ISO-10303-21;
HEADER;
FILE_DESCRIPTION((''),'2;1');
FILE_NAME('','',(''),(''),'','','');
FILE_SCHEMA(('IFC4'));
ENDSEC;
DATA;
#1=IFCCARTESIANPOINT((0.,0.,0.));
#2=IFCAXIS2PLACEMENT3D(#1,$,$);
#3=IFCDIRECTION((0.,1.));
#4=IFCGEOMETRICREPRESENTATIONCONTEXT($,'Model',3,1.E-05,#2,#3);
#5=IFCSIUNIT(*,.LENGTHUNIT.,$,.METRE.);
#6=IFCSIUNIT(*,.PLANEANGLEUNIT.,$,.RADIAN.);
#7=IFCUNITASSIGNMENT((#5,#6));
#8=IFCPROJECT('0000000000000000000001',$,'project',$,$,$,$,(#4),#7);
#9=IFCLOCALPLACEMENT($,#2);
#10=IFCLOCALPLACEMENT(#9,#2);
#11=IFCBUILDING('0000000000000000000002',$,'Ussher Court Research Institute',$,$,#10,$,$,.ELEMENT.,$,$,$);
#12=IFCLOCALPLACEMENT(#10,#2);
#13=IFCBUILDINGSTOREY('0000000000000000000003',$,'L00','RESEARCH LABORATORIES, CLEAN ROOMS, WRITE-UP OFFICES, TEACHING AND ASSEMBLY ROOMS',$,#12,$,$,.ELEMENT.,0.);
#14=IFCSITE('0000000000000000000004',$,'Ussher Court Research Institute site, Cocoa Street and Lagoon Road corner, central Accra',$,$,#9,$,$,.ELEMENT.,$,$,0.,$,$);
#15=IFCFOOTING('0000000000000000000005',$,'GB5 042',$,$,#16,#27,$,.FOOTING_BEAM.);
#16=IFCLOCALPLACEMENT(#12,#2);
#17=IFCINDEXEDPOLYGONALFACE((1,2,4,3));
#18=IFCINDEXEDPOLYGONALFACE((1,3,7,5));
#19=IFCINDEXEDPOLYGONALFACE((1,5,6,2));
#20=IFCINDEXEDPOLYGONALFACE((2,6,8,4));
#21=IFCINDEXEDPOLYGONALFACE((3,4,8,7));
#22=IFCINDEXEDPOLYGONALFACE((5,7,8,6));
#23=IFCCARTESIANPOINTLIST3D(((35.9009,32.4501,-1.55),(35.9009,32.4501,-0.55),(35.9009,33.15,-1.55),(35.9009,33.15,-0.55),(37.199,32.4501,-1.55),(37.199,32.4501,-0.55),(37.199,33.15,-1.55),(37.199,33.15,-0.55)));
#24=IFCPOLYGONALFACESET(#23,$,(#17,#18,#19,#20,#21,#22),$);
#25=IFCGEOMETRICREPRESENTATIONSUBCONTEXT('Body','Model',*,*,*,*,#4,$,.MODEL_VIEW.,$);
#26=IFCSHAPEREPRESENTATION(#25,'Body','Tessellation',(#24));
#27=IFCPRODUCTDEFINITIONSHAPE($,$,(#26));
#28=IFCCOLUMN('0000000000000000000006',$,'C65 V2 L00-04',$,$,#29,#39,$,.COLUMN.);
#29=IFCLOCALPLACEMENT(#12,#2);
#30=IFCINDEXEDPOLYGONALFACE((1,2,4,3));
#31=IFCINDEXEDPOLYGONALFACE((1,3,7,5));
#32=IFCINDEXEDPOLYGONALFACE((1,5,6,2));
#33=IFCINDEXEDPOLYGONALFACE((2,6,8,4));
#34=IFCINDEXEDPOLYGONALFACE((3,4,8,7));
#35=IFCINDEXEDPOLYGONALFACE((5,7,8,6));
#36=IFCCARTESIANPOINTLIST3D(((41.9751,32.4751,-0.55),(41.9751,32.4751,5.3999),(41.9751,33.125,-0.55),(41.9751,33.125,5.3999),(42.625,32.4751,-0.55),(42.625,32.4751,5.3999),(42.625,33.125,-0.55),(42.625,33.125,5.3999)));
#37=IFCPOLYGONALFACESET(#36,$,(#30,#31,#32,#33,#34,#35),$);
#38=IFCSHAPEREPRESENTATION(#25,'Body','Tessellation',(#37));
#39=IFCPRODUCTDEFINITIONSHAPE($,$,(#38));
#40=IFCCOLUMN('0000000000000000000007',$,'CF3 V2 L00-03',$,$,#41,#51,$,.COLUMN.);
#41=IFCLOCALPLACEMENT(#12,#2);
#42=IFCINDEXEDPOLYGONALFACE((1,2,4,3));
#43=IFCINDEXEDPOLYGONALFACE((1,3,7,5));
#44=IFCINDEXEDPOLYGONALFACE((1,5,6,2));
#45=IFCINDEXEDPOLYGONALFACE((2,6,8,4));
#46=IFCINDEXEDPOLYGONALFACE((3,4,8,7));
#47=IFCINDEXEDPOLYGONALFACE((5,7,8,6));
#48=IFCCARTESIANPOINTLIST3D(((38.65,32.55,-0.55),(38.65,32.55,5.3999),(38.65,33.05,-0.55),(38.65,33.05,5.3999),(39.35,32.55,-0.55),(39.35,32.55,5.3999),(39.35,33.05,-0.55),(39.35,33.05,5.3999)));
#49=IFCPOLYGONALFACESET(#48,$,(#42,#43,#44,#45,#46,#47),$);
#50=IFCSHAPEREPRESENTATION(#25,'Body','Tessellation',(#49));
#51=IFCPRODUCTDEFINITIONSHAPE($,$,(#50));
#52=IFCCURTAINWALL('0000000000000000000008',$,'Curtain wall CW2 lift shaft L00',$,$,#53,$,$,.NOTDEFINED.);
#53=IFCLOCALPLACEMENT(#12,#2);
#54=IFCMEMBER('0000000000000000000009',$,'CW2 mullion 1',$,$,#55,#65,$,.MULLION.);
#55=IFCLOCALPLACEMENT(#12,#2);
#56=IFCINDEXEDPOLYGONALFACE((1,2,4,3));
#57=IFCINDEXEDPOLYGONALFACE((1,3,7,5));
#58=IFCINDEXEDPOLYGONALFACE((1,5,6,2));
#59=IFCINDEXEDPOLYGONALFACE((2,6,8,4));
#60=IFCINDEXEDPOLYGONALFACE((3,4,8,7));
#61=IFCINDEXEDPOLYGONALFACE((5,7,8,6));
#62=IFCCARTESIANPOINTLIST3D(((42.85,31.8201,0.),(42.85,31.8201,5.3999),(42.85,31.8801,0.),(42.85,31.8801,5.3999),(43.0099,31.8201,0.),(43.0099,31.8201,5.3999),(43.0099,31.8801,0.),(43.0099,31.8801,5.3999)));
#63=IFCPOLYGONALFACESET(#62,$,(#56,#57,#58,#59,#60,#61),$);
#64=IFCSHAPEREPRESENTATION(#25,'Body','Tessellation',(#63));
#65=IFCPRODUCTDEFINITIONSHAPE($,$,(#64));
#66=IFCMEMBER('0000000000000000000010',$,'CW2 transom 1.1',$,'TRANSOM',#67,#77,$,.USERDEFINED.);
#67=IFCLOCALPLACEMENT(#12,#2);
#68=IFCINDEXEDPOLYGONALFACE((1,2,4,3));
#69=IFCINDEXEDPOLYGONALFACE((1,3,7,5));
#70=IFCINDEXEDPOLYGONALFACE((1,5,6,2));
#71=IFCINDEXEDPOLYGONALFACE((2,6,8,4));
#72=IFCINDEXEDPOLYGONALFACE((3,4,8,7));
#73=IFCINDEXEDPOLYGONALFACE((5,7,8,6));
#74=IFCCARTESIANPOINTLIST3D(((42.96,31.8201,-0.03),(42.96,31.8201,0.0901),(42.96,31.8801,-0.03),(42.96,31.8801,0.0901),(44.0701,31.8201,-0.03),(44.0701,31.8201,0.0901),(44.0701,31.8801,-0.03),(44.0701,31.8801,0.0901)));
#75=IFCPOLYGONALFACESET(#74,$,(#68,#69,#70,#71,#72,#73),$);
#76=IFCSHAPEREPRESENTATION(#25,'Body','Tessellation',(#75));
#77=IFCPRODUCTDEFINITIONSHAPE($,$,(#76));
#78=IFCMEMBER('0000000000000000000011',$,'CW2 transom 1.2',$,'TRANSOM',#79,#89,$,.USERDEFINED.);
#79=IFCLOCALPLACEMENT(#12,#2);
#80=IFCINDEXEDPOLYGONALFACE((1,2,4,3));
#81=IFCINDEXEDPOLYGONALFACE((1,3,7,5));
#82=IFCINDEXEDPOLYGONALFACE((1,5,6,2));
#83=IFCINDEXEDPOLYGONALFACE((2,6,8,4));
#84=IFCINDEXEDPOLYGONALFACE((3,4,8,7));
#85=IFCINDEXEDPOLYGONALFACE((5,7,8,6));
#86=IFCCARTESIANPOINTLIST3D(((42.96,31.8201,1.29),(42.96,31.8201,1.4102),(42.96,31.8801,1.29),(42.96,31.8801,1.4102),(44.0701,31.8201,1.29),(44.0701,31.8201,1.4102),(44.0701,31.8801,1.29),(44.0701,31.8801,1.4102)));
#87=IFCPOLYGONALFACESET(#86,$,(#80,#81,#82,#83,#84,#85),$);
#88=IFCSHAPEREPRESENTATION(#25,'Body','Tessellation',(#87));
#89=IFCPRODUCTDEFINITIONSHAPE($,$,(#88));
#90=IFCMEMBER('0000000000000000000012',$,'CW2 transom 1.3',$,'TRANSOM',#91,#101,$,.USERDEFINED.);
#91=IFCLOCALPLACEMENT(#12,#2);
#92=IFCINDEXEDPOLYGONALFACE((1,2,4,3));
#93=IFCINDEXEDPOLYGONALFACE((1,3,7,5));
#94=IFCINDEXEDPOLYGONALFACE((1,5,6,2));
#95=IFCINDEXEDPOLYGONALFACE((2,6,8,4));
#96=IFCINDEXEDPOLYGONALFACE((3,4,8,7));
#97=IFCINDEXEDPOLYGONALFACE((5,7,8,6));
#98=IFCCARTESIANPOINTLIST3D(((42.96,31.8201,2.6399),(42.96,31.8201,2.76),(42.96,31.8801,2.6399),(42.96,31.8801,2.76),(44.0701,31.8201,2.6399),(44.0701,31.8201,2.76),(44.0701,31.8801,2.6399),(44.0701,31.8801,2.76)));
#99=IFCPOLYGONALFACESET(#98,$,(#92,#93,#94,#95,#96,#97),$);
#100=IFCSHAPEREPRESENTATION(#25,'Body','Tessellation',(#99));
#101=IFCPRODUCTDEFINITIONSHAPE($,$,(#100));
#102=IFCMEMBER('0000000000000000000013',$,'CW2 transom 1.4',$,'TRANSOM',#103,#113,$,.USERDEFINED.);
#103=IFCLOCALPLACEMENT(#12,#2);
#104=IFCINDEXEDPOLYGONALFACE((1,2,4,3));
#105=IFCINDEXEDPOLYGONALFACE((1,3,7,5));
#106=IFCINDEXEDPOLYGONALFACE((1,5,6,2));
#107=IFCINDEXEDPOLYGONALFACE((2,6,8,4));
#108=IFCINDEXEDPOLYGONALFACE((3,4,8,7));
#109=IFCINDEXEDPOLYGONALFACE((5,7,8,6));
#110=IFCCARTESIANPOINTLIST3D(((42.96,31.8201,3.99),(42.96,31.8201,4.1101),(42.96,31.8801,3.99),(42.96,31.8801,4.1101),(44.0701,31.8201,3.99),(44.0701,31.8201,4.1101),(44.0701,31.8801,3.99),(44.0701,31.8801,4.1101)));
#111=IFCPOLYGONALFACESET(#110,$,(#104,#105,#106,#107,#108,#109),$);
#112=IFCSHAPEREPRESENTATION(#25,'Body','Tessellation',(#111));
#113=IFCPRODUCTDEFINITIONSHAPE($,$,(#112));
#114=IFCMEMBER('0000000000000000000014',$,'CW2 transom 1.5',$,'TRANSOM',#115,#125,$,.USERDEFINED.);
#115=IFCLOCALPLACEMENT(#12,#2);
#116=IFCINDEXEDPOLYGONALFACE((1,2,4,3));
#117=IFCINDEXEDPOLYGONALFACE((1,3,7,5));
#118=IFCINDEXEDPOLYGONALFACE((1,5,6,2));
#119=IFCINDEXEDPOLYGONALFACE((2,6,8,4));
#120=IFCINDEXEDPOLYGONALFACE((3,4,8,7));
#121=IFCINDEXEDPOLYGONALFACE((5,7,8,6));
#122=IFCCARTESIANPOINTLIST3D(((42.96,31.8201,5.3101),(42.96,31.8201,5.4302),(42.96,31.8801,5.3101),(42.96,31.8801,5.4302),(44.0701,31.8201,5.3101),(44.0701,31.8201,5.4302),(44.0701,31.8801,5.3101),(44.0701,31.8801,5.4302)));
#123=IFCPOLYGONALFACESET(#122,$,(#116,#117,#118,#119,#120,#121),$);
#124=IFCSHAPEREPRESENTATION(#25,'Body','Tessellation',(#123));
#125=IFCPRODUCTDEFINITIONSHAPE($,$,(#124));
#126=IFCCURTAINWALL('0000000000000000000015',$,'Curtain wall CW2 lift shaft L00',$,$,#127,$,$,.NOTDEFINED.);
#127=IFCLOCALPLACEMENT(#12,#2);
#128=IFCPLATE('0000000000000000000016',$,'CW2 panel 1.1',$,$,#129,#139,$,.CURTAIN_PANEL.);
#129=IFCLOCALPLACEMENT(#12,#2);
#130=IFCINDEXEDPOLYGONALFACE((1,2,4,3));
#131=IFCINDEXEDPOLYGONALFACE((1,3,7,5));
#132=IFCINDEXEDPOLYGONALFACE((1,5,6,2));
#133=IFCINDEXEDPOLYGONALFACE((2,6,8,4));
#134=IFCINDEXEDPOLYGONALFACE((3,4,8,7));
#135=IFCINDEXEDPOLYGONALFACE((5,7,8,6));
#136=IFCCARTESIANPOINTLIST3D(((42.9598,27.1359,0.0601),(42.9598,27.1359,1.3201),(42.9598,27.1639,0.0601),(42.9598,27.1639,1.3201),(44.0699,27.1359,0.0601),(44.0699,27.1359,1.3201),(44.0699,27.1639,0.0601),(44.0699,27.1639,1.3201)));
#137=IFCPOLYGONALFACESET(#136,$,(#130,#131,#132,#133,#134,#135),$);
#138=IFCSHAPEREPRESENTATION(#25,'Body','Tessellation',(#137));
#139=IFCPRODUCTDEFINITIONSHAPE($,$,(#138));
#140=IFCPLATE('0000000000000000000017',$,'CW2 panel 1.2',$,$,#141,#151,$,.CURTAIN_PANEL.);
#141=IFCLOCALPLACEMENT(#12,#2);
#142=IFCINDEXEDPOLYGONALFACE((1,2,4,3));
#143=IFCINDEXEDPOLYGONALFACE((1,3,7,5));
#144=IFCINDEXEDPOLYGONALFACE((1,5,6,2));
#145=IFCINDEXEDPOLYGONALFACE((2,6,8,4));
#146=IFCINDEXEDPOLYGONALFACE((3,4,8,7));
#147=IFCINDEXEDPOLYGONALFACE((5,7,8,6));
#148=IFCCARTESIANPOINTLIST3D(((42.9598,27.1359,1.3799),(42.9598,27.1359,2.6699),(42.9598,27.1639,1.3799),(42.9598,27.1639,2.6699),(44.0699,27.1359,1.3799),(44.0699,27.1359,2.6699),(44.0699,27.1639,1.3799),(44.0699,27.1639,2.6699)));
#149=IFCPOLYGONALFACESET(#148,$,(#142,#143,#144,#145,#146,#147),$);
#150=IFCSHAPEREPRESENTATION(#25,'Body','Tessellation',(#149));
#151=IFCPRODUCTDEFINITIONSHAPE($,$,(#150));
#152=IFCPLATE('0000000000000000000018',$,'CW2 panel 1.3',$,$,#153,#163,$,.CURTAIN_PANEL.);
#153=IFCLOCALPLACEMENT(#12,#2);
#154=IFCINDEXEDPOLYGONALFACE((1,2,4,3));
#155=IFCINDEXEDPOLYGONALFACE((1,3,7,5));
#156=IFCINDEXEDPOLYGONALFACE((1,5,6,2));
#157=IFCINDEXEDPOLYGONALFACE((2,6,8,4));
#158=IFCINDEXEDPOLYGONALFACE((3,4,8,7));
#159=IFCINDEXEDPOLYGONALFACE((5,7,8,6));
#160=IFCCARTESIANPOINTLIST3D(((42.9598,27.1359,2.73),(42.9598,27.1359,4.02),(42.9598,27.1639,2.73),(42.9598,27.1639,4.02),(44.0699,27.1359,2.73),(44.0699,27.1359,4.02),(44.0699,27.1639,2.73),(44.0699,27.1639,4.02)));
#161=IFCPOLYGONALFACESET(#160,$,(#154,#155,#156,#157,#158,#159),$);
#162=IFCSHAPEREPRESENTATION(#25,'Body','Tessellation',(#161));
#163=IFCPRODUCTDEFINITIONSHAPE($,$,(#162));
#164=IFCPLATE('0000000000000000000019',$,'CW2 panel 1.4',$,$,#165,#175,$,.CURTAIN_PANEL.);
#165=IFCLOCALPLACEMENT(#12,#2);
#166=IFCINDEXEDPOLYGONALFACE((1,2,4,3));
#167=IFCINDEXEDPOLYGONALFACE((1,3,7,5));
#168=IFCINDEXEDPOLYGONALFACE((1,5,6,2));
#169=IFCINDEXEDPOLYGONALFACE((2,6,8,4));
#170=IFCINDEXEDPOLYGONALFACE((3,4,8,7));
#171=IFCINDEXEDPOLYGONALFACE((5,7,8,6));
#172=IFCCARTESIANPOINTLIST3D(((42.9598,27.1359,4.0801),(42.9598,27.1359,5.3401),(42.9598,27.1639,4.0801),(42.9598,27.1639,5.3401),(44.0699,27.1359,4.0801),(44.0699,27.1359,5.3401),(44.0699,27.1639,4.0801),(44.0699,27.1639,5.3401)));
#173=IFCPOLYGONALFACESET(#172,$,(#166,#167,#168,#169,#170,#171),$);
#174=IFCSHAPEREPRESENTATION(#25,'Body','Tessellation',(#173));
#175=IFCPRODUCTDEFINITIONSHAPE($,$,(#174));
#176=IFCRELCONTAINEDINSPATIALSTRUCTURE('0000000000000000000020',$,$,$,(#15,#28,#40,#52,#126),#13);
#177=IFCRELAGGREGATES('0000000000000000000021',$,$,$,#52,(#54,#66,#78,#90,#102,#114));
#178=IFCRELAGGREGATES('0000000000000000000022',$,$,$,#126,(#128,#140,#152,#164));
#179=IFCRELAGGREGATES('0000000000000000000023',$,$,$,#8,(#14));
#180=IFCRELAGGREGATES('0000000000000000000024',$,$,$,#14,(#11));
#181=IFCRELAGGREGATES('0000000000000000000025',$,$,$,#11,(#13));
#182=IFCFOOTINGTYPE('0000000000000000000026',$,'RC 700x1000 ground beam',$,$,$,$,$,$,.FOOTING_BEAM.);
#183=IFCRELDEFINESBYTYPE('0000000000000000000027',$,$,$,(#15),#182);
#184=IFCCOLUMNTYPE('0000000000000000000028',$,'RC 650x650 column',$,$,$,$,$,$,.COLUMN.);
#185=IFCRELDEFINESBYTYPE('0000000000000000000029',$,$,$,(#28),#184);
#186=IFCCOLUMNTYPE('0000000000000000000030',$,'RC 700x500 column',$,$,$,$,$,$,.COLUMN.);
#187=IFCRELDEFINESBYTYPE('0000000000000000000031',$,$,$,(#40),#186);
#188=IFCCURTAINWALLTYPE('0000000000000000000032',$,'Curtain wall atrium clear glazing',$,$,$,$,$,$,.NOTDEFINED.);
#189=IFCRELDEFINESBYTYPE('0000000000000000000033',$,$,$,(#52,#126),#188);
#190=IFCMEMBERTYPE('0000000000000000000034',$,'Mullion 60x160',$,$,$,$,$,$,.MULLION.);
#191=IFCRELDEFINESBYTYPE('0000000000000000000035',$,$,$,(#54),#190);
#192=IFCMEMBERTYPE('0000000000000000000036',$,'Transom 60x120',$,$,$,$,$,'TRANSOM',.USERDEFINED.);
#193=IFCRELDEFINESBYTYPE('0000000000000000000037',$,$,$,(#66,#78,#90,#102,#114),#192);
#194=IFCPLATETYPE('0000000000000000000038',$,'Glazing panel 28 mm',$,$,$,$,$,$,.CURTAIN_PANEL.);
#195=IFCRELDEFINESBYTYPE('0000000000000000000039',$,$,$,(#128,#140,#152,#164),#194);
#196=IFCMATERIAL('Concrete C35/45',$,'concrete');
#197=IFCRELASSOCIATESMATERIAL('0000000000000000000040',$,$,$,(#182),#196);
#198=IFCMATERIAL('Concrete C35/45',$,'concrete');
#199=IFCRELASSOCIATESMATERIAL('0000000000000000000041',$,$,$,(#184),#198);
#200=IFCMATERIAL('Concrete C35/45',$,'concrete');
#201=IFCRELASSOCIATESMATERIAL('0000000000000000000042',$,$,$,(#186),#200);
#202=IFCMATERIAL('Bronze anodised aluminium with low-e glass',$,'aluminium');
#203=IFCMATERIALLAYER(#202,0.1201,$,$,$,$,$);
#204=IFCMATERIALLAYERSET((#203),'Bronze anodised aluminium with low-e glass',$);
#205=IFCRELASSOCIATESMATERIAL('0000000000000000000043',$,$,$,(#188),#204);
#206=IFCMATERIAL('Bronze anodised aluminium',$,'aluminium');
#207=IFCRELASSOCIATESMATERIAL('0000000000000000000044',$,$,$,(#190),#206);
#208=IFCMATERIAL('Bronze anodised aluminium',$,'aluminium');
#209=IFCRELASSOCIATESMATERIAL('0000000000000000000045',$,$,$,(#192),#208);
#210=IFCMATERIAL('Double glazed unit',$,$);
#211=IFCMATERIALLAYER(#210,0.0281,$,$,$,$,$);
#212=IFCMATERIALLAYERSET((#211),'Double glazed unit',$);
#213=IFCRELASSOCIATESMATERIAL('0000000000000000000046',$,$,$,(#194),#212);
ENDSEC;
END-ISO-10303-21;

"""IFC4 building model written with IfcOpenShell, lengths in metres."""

from ifc_helpers import new_model, si_unit, direction, frame, origin, origin_2d, place, context, subcontext, project, spatial, rectangle, extrude, material, layer, layer_set, material_profile, profile_set, type_object, element, aggregate, save


model = new_model("IFC4")

# Units and contexts
model_context = context("Model", 3, precision=1e-05, world=origin(), true_north=direction((0.0, 1.0)))
body_context = subcontext(model_context, "Body", "Model", "MODEL_VIEW")
ifc_project = project(units=[si_unit("LENGTHUNIT", "METRE"), si_unit("PLANEANGLEUNIT", "RADIAN")], contexts=[model_context])

# Site, building, storey
site_placement = place(None, origin())
site = spatial("IfcSite", under=ifc_project, at=site_placement, Name="Ussher Court Research Institute site, Cocoa Street and Lagoon Road corner, central Accra", CompositionType="ELEMENT", RefElevation=0.0)
building_placement = place(site_placement, origin())
building = spatial("IfcBuilding", under=site, at=building_placement, Name="Ussher Court Research Institute", CompositionType="ELEMENT")
storey_placement = place(building_placement, origin())
storey = spatial("IfcBuildingStorey", under=building, at=storey_placement, Name="L00", Description="RESEARCH LABORATORIES, CLEAN ROOMS, WRITE-UP OFFICES, TEACHING AND ASSEMBLY ROOMS", CompositionType="ELEMENT", Elevation=0.0)

# Footing
ifc_material_1 = material(Name="Concrete C35/45", Category="concrete")
ifc_material_profile_1 = material_profile(ifc_material_1, rectangle(XDim=0.7, YDim=1.0, at=origin_2d()), Name="RC 700x1000")
ifc_profile_set_1 = profile_set([ifc_material_profile_1], Name="Concrete C35/45")
footing_type_1 = type_object("IfcFootingType", Name="RC 700x1000 ground beam", PredefinedType="FOOTING_BEAM", material=ifc_profile_set_1)
footing_placement = place(storey_placement, frame((35.9009, 32.8, -1.05), z_axis=(1.0, 0.0, 0.0), x_axis=(0.0, 1.0, 0.0)))
element("IfcFooting", 1, at=footing_placement, inside=storey, type_object=footing_type_1, Name="GB5 042", PredefinedType="FOOTING_BEAM", context=body_context, shape_type="SweptSolid", body=[
    extrude(rectangle(XDim=0.7, YDim=1.0, at=origin_2d()), origin(), (0.0, 0.0, 1.0), 1.2981),
])

# Columns
ifc_material_2 = material(Name="Concrete C35/45", Category="concrete")
ifc_material_profile_2 = material_profile(ifc_material_2, rectangle(XDim=0.6499, YDim=0.6499, at=origin_2d()), Name="RC 650x650")
ifc_profile_set_2 = profile_set([ifc_material_profile_2], Name="Concrete C35/45")
column_type_1 = type_object("IfcColumnType", Name="RC 650x650 column", PredefinedType="COLUMN", material=ifc_profile_set_2)
column_1_placement = place(storey_placement, frame((42.3, 32.8, -0.55), z_axis=(0.0, 0.0, 1.0), x_axis=(1.0, 0.0, 0.0)))
element("IfcColumn", 2, at=column_1_placement, inside=storey, type_object=column_type_1, Name="C65 V2 L00-04", PredefinedType="COLUMN", context=body_context, shape_type="SweptSolid", body=[
    extrude(rectangle(XDim=0.6499, YDim=0.6499, at=origin_2d()), origin(), (0.0, 0.0, 1.0), 5.95),
])
ifc_material_3 = material(Name="Concrete C35/45", Category="concrete")
ifc_material_profile_3 = material_profile(ifc_material_3, rectangle(XDim=0.7, YDim=0.5, at=origin_2d()), Name="RC 700x500")
ifc_profile_set_3 = profile_set([ifc_material_profile_3], Name="Concrete C35/45")
column_type_2 = type_object("IfcColumnType", Name="RC 700x500 column", PredefinedType="COLUMN", material=ifc_profile_set_3)
column_2_placement = place(storey_placement, frame((39.0, 32.8, -0.55), z_axis=(0.0, 0.0, 1.0), x_axis=(1.0, 0.0, 0.0)))
element("IfcColumn", 3, at=column_2_placement, inside=storey, type_object=column_type_2, Name="CF3 V2 L00-03", PredefinedType="COLUMN", context=body_context, shape_type="SweptSolid", body=[
    extrude(rectangle(XDim=0.7, YDim=0.5, at=origin_2d()), origin(), (0.0, 0.0, 1.0), 5.95),
])

# Curtain wall, members
ifc_material_4 = material(Name="Bronze anodised aluminium with low-e glass", Category="aluminium")
ifc_layer_1 = layer(ifc_material_4, 0.1201)
ifc_layer_set_1 = layer_set([ifc_layer_1], Name="Bronze anodised aluminium with low-e glass")
curtain_wall_type = type_object("IfcCurtainWallType", Name="Curtain wall atrium clear glazing", PredefinedType="NOTDEFINED", material=ifc_layer_set_1)
curtain_wall_1_placement = place(storey_placement, origin())
curtain_wall_1 = element("IfcCurtainWall", 4, at=curtain_wall_1_placement, inside=storey, type_object=curtain_wall_type, Name="Curtain wall CW2 lift shaft L00", PredefinedType="NOTDEFINED")
ifc_material_5 = material(Name="Bronze anodised aluminium", Category="aluminium")
ifc_material_profile_4 = material_profile(ifc_material_5, rectangle(XDim=0.0601, YDim=0.1599, at=origin_2d()), Name="Mullion 60x160")
ifc_profile_set_4 = profile_set([ifc_material_profile_4], Name="Bronze anodised aluminium")
member_type_1 = type_object("IfcMemberType", Name="Mullion 60x160", PredefinedType="MULLION", material=ifc_profile_set_4)
member_1_placement = place(storey_placement, frame((42.9299, 31.8501, 0.0), z_axis=(0.0, 0.0, 1.0), x_axis=(0.0, 1.0, 0.0)))
member_1 = element("IfcMember", 5, at=member_1_placement, type_object=member_type_1, Name="CW2 mullion 1", PredefinedType="MULLION", context=body_context, shape_type="SweptSolid", body=[
    extrude(rectangle(XDim=0.0601, YDim=0.1599, at=origin_2d()), origin(), (0.0, 0.0, 1.0), 5.3999),
])
ifc_material_6 = material(Name="Bronze anodised aluminium", Category="aluminium")
ifc_material_profile_5 = material_profile(ifc_material_6, rectangle(XDim=0.0601, YDim=0.1201, at=origin_2d()), Name="Transom 60x120")
ifc_profile_set_5 = profile_set([ifc_material_profile_5], Name="Bronze anodised aluminium")
member_type_2 = type_object("IfcMemberType", Name="Transom 60x120", ElementType="TRANSOM", PredefinedType="USERDEFINED", material=ifc_profile_set_5)
member_2_placement = place(storey_placement, frame((42.96, 31.8501, 0.03), z_axis=(1.0, 0.0, 0.0), x_axis=(0.0, 1.0, 0.0)))
member_2 = element("IfcMember", 6, at=member_2_placement, type_object=member_type_2, Name="CW2 transom 1.1", ObjectType="TRANSOM", PredefinedType="USERDEFINED", context=body_context, shape_type="SweptSolid", body=[
    extrude(rectangle(XDim=0.0601, YDim=0.1201, at=origin_2d()), origin(), (0.0, 0.0, 1.0), 1.1101),
])
member_3_placement = place(storey_placement, frame((42.96, 31.8501, 1.3501), z_axis=(1.0, 0.0, 0.0), x_axis=(0.0, 1.0, 0.0)))
member_3 = element("IfcMember", 7, at=member_3_placement, type_object=member_type_2, Name="CW2 transom 1.2", ObjectType="TRANSOM", PredefinedType="USERDEFINED", context=body_context, shape_type="SweptSolid", body=[
    extrude(rectangle(XDim=0.0601, YDim=0.1201, at=origin_2d()), origin(), (0.0, 0.0, 1.0), 1.1101),
])
member_4_placement = place(storey_placement, frame((42.96, 31.8501, 2.7), z_axis=(1.0, 0.0, 0.0), x_axis=(0.0, 1.0, 0.0)))
member_4 = element("IfcMember", 8, at=member_4_placement, type_object=member_type_2, Name="CW2 transom 1.3", ObjectType="TRANSOM", PredefinedType="USERDEFINED", context=body_context, shape_type="SweptSolid", body=[
    extrude(rectangle(XDim=0.0601, YDim=0.1201, at=origin_2d()), origin(), (0.0, 0.0, 1.0), 1.1101),
])
member_5_placement = place(storey_placement, frame((42.96, 31.8501, 4.05), z_axis=(1.0, 0.0, 0.0), x_axis=(0.0, 1.0, 0.0)))
member_5 = element("IfcMember", 9, at=member_5_placement, type_object=member_type_2, Name="CW2 transom 1.4", ObjectType="TRANSOM", PredefinedType="USERDEFINED", context=body_context, shape_type="SweptSolid", body=[
    extrude(rectangle(XDim=0.0601, YDim=0.1201, at=origin_2d()), origin(), (0.0, 0.0, 1.0), 1.1101),
])
member_6_placement = place(storey_placement, frame((42.96, 31.8501, 5.3701), z_axis=(1.0, 0.0, 0.0), x_axis=(0.0, 1.0, 0.0)))
member_6 = element("IfcMember", 10, at=member_6_placement, type_object=member_type_2, Name="CW2 transom 1.5", ObjectType="TRANSOM", PredefinedType="USERDEFINED", context=body_context, shape_type="SweptSolid", body=[
    extrude(rectangle(XDim=0.0601, YDim=0.1201, at=origin_2d()), origin(), (0.0, 0.0, 1.0), 1.1101),
])
aggregate(curtain_wall_1, [member_1, member_2, member_3, member_4, member_5, member_6])

# Curtain wall, plates
curtain_wall_2_placement = place(storey_placement, origin())
curtain_wall_2 = element("IfcCurtainWall", 11, at=curtain_wall_2_placement, inside=storey, type_object=curtain_wall_type, Name="Curtain wall CW2 lift shaft L00", PredefinedType="NOTDEFINED")
ifc_material_7 = material(Name="Double glazed unit")
ifc_layer_2 = layer(ifc_material_7, 0.0281)
ifc_layer_set_2 = layer_set([ifc_layer_2], Name="Double glazed unit")
plate_type = type_object("IfcPlateType", Name="Glazing panel 28 mm", PredefinedType="CURTAIN_PANEL", material=ifc_layer_set_2)
plate_1_placement = place(storey_placement, frame((43.5149, 27.1499, 0.0601), z_axis=(0.0, 0.0, 1.0), x_axis=(1.0, 0.0, 0.0)))
plate_1 = element("IfcPlate", 12, at=plate_1_placement, type_object=plate_type, Name="CW2 panel 1.1", PredefinedType="CURTAIN_PANEL", context=body_context, shape_type="SweptSolid", body=[
    extrude(rectangle(XDim=1.1101, YDim=0.0281, at=origin_2d()), origin(), (0.0, 0.0, 1.0), 1.26),
])
plate_2_placement = place(storey_placement, frame((43.5149, 27.1499, 1.3799), z_axis=(0.0, 0.0, 1.0), x_axis=(1.0, 0.0, 0.0)))
plate_2 = element("IfcPlate", 13, at=plate_2_placement, type_object=plate_type, Name="CW2 panel 1.2", PredefinedType="CURTAIN_PANEL", context=body_context, shape_type="SweptSolid", body=[
    extrude(rectangle(XDim=1.1101, YDim=0.0281, at=origin_2d()), origin(), (0.0, 0.0, 1.0), 1.29),
])
plate_3_placement = place(storey_placement, frame((43.5149, 27.1499, 2.73), z_axis=(0.0, 0.0, 1.0), x_axis=(1.0, 0.0, 0.0)))
plate_3 = element("IfcPlate", 14, at=plate_3_placement, type_object=plate_type, Name="CW2 panel 1.3", PredefinedType="CURTAIN_PANEL", context=body_context, shape_type="SweptSolid", body=[
    extrude(rectangle(XDim=1.1101, YDim=0.0281, at=origin_2d()), origin(), (0.0, 0.0, 1.0), 1.29),
])
plate_4_placement = place(storey_placement, frame((43.5149, 27.1499, 4.0801), z_axis=(0.0, 0.0, 1.0), x_axis=(1.0, 0.0, 0.0)))
plate_4 = element("IfcPlate", 15, at=plate_4_placement, type_object=plate_type, Name="CW2 panel 1.4", PredefinedType="CURTAIN_PANEL", context=body_context, shape_type="SweptSolid", body=[
    extrude(rectangle(XDim=1.1101, YDim=0.0281, at=origin_2d()), origin(), (0.0, 0.0, 1.0), 1.26),
])
aggregate(curtain_wall_2, [plate_1, plate_2, plate_3, plate_4])

save(model, "model.ifc")
